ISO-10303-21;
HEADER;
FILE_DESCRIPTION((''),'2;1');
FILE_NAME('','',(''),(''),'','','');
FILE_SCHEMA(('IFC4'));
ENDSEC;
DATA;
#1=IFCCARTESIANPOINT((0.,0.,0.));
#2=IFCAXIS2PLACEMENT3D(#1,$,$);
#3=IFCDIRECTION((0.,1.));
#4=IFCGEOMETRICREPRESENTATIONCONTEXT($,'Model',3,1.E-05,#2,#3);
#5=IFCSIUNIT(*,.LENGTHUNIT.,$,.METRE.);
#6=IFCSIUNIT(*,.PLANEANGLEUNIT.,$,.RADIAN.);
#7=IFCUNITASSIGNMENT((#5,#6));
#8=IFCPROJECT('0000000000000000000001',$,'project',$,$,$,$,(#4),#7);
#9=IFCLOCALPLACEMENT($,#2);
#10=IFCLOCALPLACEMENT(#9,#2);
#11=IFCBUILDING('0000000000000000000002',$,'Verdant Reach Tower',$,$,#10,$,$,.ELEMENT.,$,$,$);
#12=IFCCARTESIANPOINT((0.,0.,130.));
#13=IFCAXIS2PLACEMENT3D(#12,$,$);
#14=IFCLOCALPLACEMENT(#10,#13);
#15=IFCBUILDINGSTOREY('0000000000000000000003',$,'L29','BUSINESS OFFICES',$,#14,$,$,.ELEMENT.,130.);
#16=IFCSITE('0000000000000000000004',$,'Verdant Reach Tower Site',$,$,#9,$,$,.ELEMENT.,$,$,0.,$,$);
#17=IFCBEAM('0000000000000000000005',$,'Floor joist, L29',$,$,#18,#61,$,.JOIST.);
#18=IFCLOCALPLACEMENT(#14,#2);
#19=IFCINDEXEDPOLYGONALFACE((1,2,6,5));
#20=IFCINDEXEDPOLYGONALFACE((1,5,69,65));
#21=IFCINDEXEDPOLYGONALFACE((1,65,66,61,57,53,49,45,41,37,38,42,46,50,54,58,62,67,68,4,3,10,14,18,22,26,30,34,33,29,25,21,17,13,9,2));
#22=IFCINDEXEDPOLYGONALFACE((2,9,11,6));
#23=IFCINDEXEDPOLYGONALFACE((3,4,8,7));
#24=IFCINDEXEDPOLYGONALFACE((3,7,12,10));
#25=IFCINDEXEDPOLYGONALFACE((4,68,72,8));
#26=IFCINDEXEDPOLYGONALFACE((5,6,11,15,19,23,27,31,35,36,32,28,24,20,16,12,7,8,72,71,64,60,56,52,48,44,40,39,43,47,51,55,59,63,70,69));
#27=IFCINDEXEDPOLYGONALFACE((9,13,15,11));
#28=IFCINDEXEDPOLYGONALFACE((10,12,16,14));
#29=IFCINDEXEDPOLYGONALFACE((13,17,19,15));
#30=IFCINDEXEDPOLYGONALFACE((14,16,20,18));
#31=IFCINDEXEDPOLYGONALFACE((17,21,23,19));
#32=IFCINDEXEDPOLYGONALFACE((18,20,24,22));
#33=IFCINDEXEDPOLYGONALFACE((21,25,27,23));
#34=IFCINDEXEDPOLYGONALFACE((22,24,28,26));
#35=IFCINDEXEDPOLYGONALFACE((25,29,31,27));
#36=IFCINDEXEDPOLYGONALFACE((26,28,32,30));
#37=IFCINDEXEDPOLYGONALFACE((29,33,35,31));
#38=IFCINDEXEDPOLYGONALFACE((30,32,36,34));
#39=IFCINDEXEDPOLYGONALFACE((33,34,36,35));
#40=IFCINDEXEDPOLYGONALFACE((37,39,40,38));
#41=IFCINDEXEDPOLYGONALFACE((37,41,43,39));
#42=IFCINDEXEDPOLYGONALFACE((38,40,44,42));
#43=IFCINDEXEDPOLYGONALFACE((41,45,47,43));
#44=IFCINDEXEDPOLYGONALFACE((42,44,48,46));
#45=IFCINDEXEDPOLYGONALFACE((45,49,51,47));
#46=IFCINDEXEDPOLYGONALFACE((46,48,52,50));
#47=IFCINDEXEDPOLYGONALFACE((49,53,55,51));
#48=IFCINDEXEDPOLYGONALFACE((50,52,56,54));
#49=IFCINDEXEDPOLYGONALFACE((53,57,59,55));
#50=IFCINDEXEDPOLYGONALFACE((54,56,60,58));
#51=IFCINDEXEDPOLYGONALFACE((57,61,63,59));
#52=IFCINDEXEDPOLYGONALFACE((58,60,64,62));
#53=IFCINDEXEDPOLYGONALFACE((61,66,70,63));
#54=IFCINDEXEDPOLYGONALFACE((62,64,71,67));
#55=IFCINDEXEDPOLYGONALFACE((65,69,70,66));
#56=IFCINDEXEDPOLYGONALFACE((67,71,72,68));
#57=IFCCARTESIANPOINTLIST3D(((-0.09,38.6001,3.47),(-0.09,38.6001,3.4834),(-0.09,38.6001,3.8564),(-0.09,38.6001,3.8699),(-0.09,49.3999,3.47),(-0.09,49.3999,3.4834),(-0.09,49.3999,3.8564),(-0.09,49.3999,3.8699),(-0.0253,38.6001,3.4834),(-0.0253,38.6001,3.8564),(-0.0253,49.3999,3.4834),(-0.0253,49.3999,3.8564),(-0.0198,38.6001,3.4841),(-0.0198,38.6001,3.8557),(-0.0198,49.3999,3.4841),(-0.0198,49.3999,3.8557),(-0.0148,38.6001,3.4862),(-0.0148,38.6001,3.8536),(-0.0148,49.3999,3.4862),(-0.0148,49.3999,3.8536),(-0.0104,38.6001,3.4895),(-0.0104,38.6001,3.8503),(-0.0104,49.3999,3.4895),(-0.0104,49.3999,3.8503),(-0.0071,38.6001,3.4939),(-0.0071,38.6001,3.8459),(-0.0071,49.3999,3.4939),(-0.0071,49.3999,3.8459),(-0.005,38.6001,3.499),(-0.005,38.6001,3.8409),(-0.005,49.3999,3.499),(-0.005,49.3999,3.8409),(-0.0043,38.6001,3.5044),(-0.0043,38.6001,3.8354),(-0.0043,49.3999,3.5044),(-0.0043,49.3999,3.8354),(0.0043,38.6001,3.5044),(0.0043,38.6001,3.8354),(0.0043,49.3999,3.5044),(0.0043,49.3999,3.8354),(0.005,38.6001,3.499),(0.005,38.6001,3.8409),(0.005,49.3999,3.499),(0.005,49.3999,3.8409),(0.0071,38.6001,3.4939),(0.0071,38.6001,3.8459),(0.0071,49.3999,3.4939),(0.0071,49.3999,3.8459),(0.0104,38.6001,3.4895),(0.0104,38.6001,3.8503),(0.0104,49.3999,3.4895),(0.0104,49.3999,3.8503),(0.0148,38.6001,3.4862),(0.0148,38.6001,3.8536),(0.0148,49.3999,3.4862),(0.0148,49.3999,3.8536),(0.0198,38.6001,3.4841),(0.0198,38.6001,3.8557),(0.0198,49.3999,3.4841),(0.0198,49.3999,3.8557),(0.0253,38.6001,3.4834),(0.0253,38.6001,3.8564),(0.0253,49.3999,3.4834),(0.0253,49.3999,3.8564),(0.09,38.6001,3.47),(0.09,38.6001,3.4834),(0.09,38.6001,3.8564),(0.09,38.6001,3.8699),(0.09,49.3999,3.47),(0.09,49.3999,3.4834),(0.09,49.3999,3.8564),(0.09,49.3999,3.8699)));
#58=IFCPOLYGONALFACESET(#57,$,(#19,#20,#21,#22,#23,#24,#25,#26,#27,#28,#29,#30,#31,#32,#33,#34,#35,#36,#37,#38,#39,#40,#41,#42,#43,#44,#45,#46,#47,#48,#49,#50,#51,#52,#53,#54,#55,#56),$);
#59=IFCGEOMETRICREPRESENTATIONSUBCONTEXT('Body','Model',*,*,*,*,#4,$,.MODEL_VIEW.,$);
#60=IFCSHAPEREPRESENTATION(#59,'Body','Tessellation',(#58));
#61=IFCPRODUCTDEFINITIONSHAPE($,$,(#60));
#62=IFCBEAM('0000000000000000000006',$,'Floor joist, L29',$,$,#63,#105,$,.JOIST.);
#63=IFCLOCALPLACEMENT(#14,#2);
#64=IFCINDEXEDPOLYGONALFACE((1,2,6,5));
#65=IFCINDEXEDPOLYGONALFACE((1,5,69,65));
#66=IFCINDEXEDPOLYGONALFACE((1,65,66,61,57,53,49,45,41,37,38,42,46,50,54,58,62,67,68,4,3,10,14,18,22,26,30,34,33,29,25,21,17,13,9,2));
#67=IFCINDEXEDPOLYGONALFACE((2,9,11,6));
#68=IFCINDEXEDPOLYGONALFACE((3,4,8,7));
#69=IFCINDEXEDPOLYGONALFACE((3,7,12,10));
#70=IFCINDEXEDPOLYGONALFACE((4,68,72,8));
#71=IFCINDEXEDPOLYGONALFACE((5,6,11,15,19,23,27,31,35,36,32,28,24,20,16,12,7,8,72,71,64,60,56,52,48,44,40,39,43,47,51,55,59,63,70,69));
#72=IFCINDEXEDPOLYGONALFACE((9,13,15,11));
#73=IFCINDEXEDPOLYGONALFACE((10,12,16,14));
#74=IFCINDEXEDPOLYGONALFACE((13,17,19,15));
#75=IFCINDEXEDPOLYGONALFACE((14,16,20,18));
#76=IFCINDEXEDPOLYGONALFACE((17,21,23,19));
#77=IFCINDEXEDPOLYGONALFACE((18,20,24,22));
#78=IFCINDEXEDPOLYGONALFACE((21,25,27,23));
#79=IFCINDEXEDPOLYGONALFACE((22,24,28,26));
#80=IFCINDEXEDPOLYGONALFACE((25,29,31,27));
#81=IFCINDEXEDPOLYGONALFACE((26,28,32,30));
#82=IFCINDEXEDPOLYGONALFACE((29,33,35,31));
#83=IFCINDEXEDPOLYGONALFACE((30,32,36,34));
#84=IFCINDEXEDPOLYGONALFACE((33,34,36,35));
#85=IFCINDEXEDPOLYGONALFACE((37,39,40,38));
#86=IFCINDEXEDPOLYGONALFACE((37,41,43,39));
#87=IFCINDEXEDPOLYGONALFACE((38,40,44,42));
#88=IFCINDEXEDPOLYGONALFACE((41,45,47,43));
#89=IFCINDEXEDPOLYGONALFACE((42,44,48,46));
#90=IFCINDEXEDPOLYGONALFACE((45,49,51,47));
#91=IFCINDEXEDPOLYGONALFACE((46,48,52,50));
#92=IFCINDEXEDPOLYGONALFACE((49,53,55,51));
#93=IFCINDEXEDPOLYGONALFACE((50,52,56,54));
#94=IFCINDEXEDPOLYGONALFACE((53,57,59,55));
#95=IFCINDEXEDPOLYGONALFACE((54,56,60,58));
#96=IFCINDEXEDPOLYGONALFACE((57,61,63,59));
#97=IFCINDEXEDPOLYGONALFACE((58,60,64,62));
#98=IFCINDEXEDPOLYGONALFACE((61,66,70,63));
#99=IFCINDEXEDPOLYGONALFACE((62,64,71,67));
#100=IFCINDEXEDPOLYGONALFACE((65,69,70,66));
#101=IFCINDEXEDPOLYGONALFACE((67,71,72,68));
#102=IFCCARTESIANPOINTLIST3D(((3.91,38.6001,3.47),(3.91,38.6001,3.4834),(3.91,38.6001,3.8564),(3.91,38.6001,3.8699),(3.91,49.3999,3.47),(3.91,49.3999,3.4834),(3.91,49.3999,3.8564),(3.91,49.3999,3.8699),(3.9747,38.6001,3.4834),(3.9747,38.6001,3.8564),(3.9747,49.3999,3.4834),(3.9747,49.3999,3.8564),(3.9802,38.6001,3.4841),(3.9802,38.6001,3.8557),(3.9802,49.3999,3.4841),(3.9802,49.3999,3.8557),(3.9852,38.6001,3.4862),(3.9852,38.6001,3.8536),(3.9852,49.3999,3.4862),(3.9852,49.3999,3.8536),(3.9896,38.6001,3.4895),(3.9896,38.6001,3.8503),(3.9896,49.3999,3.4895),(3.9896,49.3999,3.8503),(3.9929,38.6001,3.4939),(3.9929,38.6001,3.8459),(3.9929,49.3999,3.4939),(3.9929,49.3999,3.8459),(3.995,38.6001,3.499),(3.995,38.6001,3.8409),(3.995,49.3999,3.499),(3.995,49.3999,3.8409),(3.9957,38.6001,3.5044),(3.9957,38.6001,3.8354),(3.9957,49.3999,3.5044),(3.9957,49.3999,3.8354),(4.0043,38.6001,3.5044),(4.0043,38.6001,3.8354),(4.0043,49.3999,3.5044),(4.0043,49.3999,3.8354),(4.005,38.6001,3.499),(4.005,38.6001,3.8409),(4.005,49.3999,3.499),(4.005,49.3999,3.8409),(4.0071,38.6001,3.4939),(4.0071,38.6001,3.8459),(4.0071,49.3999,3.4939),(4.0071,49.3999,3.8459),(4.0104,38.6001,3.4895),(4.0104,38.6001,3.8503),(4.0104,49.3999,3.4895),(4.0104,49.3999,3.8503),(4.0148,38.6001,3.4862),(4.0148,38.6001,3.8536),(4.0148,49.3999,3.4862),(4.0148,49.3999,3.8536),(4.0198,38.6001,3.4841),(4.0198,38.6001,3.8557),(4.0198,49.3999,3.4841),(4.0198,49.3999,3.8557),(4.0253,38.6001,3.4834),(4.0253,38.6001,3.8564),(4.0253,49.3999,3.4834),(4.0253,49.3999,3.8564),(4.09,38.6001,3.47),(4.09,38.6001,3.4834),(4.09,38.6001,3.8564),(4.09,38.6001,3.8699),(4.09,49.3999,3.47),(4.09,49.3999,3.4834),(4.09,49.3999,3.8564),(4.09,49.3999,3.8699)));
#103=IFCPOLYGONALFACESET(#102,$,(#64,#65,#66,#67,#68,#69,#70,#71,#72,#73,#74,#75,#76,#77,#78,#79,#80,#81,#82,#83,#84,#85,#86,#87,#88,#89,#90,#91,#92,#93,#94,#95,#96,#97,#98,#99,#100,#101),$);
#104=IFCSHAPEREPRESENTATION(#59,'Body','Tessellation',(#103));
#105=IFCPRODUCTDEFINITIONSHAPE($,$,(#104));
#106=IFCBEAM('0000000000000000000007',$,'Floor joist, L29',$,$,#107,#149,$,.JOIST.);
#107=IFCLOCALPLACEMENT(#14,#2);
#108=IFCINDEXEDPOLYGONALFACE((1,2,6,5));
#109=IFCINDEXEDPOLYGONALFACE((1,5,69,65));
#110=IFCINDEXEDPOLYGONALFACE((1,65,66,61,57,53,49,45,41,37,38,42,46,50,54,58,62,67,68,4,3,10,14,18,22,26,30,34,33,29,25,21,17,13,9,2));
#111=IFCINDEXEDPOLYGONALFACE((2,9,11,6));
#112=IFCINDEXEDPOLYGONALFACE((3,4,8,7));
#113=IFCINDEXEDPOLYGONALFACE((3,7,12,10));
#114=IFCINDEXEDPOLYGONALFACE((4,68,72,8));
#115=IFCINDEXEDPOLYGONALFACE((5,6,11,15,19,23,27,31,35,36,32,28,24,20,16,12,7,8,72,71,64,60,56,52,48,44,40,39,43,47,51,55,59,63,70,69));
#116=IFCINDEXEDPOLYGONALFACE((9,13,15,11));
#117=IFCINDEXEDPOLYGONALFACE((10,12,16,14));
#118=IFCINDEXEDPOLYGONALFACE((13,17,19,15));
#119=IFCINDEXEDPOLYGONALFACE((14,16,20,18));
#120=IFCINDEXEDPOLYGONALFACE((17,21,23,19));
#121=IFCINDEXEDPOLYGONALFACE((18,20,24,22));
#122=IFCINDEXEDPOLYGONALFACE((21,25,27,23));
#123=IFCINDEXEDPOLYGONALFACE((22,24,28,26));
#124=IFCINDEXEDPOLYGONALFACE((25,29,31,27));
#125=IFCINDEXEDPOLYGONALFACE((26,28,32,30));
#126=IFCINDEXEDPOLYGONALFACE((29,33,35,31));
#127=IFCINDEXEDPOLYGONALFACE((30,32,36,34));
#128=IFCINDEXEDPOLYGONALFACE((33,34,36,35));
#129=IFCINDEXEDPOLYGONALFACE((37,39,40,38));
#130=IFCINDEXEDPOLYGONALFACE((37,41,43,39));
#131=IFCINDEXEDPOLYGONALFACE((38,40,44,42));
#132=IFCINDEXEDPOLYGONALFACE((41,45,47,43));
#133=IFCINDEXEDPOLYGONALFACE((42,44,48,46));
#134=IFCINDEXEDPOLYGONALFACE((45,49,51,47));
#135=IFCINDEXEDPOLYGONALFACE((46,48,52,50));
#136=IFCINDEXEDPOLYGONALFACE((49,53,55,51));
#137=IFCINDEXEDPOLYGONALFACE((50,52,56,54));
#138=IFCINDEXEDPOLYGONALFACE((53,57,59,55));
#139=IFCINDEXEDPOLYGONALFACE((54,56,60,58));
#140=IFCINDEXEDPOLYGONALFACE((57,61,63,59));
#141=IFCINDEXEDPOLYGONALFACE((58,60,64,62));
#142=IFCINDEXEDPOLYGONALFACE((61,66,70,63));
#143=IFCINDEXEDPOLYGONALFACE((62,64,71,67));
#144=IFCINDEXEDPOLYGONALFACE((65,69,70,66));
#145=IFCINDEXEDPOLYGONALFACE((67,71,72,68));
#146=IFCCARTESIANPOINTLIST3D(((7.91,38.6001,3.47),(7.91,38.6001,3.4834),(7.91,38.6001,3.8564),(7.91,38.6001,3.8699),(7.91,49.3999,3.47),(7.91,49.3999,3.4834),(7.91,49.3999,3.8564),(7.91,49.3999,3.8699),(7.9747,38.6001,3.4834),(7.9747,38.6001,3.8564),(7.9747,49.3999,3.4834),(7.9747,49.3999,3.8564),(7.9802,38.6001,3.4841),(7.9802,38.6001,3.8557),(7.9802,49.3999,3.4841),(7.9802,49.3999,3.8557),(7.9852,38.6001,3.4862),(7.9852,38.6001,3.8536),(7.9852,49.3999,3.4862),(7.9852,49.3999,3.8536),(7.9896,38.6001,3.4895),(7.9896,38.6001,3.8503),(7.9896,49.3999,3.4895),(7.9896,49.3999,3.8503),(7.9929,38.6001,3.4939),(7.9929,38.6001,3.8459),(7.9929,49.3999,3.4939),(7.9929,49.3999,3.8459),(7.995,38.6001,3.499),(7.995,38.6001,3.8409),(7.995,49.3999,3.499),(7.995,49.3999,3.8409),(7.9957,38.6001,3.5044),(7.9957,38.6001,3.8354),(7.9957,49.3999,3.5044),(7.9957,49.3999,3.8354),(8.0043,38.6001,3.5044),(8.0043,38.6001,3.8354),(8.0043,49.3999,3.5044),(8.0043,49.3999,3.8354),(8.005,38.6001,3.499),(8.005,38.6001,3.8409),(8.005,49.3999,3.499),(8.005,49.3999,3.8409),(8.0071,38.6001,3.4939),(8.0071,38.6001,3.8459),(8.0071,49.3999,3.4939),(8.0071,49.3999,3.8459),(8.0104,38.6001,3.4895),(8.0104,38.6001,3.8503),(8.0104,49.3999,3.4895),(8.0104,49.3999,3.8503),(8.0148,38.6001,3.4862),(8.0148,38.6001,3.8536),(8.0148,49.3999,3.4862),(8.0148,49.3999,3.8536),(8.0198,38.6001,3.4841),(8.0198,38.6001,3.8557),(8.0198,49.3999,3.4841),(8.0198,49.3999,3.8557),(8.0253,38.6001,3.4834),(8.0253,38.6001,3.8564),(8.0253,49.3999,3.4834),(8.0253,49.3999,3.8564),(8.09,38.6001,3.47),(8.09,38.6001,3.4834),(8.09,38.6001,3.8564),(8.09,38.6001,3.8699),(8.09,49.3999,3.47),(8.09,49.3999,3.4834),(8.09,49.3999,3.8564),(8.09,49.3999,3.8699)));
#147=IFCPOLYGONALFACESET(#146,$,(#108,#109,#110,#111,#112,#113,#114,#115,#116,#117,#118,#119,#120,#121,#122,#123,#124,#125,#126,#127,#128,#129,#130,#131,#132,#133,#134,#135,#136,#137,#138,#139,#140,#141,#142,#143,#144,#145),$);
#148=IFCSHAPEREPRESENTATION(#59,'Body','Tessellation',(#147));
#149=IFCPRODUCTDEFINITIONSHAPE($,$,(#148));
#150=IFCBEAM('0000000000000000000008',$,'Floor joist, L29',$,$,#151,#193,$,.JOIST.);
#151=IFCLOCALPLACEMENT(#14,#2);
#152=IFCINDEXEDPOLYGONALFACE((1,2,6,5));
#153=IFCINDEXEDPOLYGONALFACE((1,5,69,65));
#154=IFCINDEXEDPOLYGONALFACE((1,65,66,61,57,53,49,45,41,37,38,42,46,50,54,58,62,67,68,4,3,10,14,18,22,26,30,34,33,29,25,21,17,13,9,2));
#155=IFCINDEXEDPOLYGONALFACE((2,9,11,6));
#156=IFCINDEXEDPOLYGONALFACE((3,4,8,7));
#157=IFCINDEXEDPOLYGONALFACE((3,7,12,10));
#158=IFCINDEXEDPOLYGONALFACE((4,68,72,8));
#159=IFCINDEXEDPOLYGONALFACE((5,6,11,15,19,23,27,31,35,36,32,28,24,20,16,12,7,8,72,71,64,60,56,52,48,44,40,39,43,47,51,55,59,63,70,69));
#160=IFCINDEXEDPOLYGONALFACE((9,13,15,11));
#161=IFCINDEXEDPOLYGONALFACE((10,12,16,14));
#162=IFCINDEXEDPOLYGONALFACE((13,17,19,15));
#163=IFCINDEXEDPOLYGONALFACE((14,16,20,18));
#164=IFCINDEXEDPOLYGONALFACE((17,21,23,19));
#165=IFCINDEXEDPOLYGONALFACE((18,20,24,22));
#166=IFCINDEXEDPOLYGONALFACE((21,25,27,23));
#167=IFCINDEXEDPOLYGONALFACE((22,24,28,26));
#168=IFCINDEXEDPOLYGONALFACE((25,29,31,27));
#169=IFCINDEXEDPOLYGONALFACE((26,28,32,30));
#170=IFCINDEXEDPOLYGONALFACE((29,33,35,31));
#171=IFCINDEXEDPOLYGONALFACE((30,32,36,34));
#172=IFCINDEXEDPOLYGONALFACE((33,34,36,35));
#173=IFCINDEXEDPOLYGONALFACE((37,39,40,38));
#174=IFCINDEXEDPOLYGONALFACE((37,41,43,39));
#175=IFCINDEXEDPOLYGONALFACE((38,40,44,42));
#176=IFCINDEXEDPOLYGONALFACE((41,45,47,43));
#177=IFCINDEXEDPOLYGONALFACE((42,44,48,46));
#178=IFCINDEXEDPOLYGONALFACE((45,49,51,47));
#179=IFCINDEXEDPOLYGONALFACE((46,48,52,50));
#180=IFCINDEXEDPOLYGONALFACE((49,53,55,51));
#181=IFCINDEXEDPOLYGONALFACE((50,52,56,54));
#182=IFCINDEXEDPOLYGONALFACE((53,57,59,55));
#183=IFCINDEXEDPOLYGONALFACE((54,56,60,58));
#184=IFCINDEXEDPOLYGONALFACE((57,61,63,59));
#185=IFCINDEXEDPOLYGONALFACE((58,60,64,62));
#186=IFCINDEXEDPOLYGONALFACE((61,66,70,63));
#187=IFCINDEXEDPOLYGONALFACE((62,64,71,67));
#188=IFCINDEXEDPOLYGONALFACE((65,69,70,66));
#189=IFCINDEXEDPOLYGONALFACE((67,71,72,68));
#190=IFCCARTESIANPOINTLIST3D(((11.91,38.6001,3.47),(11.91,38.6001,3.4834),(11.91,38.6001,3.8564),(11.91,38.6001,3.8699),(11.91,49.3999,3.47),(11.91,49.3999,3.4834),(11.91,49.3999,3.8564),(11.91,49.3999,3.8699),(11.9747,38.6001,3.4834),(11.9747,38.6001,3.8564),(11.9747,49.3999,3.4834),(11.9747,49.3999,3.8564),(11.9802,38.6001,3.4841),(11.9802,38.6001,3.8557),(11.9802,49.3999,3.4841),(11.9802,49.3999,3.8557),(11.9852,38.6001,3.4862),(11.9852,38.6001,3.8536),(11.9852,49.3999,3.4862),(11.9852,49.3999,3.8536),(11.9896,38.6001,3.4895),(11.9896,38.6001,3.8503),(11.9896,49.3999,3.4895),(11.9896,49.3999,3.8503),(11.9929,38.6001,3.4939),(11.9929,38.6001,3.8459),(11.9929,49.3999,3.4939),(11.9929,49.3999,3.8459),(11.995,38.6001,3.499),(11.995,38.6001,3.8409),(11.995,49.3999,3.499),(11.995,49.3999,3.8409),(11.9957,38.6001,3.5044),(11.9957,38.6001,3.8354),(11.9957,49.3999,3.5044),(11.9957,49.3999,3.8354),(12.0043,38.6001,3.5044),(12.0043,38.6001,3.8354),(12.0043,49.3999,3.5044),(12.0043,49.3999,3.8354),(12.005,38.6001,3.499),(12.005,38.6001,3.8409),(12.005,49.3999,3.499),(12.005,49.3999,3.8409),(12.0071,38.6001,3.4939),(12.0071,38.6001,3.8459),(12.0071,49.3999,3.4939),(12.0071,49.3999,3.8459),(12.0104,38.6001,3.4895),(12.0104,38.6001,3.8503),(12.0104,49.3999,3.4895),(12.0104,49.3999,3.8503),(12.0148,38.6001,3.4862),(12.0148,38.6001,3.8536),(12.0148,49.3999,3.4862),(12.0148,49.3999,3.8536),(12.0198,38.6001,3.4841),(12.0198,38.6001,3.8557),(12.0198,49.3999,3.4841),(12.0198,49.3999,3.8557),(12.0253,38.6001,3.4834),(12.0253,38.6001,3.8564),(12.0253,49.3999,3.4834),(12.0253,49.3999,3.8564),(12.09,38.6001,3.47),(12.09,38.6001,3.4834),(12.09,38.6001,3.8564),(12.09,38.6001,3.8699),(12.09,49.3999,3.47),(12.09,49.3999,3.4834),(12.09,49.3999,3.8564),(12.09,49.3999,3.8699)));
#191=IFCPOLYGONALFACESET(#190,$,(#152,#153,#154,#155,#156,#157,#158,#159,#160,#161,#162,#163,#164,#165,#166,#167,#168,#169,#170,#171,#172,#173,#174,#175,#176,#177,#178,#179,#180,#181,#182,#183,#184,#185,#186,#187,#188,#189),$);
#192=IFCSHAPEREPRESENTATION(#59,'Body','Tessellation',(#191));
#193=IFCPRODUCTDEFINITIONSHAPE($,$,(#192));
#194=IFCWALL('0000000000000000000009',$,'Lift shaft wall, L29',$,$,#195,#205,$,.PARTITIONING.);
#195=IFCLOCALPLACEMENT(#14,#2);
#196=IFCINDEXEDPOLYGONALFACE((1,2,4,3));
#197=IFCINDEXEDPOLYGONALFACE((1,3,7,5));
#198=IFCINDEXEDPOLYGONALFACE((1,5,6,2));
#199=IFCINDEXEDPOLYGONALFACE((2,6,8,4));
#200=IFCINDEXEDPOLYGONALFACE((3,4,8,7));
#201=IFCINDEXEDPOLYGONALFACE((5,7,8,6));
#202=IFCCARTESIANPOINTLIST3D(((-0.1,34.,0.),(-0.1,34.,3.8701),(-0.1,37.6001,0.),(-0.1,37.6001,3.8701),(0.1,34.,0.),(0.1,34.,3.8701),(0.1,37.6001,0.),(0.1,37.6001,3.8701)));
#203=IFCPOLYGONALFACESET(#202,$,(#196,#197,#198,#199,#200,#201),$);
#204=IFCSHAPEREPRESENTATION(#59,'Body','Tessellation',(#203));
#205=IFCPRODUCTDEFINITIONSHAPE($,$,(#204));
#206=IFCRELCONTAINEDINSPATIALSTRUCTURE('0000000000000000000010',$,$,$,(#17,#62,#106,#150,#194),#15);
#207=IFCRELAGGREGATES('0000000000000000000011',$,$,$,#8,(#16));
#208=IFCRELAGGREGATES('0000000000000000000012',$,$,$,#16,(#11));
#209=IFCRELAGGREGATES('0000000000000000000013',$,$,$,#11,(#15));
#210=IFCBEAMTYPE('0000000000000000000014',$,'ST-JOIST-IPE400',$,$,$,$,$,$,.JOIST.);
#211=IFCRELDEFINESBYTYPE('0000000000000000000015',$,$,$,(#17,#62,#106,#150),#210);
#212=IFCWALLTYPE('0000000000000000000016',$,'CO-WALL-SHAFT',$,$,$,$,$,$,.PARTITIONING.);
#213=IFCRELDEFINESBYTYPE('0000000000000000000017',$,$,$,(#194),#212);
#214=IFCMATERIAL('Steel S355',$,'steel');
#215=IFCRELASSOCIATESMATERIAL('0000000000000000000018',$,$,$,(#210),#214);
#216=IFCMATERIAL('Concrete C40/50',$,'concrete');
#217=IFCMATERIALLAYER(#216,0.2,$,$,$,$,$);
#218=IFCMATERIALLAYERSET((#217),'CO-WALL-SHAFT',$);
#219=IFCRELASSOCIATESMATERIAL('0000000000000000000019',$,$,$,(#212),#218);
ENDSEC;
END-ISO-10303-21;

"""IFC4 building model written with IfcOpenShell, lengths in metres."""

from ifc_helpers import new_model, si_unit, direction, frame, frame_2d, origin, origin_2d, place, context, subcontext, project, spatial, rectangle, i_section, extrude, material, layer, layer_set, material_profile, profile_set, type_object, element, save


model = new_model("IFC4")

# Units and contexts
model_context = context("Model", 3, precision=1e-05, world=origin(), true_north=direction((0.0, 1.0)))
body_context = subcontext(model_context, "Body", "Model", "MODEL_VIEW")
ifc_project = project(units=[si_unit("LENGTHUNIT", "METRE"), si_unit("PLANEANGLEUNIT", "RADIAN")], contexts=[model_context])

# Site, building, storey
site_placement = place(None, origin())
site = spatial("IfcSite", under=ifc_project, at=site_placement, Name="Verdant Reach Tower Site", CompositionType="ELEMENT", RefElevation=0.0)
building_placement = place(site_placement, origin())
building = spatial("IfcBuilding", under=site, at=building_placement, Name="Verdant Reach Tower", CompositionType="ELEMENT")
storey_placement = place(building_placement, frame((0.0, 0.0, 130.0)))
storey = spatial("IfcBuildingStorey", under=building, at=storey_placement, Name="L29", Description="BUSINESS OFFICES", CompositionType="ELEMENT", Elevation=130.0)

# Beams
ifc_material_1 = material(Name="Steel S355", Category="steel")
ifc_material_profile_1 = material_profile(ifc_material_1, i_section(OverallWidth=0.1799, OverallDepth=0.3999, WebThickness=0.0085, FlangeThickness=0.0134, FilletRadius=0.021, at=origin_2d()), Name="IPE 400")
ifc_profile_set_1 = profile_set([ifc_material_profile_1], Name="Steel S355")
beam_type_1 = type_object("IfcBeamType", Name="ST-JOIST-IPE400", PredefinedType="JOIST", material=ifc_profile_set_1)
for number, where, z_axis, x_axis, name in (
    (1, (0.0, 38.6001, 3.6699), (0.0, 1.0, 0.0), (-1.0, 0.0, 0.0), "Floor joist, L29"),
    (2, (4.0, 38.6001, 3.6699), (0.0, 1.0, 0.0), (-1.0, 0.0, 0.0), "Floor joist, L29"),
    (3, (8.0, 38.6001, 3.6699), (0.0, 1.0, 0.0), (-1.0, 0.0, 0.0), "Floor joist, L29"),
    (4, (12.0, 38.6001, 3.6699), (0.0, 1.0, 0.0), (-1.0, 0.0, 0.0), "Floor joist, L29"),
):
    element("IfcBeam", number, at=place(storey_placement, frame(where, z_axis=z_axis, x_axis=x_axis)), inside=storey, type_object=beam_type_1, Name=name, PredefinedType="JOIST", context=body_context, shape_type="SweptSolid", body=[
        extrude(i_section(OverallWidth=0.1799, OverallDepth=0.3999, WebThickness=0.0085, FlangeThickness=0.0134, FilletRadius=0.021, at=origin_2d()), origin(), (0.0, 0.0, 1.0), 10.7998),
    ])

# Wall
ifc_material_2 = material(Name="Concrete C40/50", Category="concrete")
ifc_layer_1 = layer(ifc_material_2, 0.2)
ifc_layer_set_1 = layer_set([ifc_layer_1], Name="CO-WALL-SHAFT")
wall_type_1 = type_object("IfcWallType", Name="CO-WALL-SHAFT", PredefinedType="PARTITIONING", material=ifc_layer_set_1)
for number, where, z_axis, x_axis, name in (
    (5, (0.0, 34.0, 0.0), (0.0, 0.0, 1.0), (0.0, 1.0, 0.0), "Lift shaft wall, L29"),
):
    element("IfcWall", number, at=place(storey_placement, frame(where, z_axis=z_axis, x_axis=x_axis)), inside=storey, type_object=wall_type_1, Name=name, PredefinedType="PARTITIONING", context=body_context, shape_type="SweptSolid", body=[
        extrude(rectangle(XDim=3.6001, YDim=0.2, at=frame_2d((1.8, 0.0))), origin(), (0.0, 0.0, 1.0), 3.8701),
    ])

save(model, "model.ifc")
